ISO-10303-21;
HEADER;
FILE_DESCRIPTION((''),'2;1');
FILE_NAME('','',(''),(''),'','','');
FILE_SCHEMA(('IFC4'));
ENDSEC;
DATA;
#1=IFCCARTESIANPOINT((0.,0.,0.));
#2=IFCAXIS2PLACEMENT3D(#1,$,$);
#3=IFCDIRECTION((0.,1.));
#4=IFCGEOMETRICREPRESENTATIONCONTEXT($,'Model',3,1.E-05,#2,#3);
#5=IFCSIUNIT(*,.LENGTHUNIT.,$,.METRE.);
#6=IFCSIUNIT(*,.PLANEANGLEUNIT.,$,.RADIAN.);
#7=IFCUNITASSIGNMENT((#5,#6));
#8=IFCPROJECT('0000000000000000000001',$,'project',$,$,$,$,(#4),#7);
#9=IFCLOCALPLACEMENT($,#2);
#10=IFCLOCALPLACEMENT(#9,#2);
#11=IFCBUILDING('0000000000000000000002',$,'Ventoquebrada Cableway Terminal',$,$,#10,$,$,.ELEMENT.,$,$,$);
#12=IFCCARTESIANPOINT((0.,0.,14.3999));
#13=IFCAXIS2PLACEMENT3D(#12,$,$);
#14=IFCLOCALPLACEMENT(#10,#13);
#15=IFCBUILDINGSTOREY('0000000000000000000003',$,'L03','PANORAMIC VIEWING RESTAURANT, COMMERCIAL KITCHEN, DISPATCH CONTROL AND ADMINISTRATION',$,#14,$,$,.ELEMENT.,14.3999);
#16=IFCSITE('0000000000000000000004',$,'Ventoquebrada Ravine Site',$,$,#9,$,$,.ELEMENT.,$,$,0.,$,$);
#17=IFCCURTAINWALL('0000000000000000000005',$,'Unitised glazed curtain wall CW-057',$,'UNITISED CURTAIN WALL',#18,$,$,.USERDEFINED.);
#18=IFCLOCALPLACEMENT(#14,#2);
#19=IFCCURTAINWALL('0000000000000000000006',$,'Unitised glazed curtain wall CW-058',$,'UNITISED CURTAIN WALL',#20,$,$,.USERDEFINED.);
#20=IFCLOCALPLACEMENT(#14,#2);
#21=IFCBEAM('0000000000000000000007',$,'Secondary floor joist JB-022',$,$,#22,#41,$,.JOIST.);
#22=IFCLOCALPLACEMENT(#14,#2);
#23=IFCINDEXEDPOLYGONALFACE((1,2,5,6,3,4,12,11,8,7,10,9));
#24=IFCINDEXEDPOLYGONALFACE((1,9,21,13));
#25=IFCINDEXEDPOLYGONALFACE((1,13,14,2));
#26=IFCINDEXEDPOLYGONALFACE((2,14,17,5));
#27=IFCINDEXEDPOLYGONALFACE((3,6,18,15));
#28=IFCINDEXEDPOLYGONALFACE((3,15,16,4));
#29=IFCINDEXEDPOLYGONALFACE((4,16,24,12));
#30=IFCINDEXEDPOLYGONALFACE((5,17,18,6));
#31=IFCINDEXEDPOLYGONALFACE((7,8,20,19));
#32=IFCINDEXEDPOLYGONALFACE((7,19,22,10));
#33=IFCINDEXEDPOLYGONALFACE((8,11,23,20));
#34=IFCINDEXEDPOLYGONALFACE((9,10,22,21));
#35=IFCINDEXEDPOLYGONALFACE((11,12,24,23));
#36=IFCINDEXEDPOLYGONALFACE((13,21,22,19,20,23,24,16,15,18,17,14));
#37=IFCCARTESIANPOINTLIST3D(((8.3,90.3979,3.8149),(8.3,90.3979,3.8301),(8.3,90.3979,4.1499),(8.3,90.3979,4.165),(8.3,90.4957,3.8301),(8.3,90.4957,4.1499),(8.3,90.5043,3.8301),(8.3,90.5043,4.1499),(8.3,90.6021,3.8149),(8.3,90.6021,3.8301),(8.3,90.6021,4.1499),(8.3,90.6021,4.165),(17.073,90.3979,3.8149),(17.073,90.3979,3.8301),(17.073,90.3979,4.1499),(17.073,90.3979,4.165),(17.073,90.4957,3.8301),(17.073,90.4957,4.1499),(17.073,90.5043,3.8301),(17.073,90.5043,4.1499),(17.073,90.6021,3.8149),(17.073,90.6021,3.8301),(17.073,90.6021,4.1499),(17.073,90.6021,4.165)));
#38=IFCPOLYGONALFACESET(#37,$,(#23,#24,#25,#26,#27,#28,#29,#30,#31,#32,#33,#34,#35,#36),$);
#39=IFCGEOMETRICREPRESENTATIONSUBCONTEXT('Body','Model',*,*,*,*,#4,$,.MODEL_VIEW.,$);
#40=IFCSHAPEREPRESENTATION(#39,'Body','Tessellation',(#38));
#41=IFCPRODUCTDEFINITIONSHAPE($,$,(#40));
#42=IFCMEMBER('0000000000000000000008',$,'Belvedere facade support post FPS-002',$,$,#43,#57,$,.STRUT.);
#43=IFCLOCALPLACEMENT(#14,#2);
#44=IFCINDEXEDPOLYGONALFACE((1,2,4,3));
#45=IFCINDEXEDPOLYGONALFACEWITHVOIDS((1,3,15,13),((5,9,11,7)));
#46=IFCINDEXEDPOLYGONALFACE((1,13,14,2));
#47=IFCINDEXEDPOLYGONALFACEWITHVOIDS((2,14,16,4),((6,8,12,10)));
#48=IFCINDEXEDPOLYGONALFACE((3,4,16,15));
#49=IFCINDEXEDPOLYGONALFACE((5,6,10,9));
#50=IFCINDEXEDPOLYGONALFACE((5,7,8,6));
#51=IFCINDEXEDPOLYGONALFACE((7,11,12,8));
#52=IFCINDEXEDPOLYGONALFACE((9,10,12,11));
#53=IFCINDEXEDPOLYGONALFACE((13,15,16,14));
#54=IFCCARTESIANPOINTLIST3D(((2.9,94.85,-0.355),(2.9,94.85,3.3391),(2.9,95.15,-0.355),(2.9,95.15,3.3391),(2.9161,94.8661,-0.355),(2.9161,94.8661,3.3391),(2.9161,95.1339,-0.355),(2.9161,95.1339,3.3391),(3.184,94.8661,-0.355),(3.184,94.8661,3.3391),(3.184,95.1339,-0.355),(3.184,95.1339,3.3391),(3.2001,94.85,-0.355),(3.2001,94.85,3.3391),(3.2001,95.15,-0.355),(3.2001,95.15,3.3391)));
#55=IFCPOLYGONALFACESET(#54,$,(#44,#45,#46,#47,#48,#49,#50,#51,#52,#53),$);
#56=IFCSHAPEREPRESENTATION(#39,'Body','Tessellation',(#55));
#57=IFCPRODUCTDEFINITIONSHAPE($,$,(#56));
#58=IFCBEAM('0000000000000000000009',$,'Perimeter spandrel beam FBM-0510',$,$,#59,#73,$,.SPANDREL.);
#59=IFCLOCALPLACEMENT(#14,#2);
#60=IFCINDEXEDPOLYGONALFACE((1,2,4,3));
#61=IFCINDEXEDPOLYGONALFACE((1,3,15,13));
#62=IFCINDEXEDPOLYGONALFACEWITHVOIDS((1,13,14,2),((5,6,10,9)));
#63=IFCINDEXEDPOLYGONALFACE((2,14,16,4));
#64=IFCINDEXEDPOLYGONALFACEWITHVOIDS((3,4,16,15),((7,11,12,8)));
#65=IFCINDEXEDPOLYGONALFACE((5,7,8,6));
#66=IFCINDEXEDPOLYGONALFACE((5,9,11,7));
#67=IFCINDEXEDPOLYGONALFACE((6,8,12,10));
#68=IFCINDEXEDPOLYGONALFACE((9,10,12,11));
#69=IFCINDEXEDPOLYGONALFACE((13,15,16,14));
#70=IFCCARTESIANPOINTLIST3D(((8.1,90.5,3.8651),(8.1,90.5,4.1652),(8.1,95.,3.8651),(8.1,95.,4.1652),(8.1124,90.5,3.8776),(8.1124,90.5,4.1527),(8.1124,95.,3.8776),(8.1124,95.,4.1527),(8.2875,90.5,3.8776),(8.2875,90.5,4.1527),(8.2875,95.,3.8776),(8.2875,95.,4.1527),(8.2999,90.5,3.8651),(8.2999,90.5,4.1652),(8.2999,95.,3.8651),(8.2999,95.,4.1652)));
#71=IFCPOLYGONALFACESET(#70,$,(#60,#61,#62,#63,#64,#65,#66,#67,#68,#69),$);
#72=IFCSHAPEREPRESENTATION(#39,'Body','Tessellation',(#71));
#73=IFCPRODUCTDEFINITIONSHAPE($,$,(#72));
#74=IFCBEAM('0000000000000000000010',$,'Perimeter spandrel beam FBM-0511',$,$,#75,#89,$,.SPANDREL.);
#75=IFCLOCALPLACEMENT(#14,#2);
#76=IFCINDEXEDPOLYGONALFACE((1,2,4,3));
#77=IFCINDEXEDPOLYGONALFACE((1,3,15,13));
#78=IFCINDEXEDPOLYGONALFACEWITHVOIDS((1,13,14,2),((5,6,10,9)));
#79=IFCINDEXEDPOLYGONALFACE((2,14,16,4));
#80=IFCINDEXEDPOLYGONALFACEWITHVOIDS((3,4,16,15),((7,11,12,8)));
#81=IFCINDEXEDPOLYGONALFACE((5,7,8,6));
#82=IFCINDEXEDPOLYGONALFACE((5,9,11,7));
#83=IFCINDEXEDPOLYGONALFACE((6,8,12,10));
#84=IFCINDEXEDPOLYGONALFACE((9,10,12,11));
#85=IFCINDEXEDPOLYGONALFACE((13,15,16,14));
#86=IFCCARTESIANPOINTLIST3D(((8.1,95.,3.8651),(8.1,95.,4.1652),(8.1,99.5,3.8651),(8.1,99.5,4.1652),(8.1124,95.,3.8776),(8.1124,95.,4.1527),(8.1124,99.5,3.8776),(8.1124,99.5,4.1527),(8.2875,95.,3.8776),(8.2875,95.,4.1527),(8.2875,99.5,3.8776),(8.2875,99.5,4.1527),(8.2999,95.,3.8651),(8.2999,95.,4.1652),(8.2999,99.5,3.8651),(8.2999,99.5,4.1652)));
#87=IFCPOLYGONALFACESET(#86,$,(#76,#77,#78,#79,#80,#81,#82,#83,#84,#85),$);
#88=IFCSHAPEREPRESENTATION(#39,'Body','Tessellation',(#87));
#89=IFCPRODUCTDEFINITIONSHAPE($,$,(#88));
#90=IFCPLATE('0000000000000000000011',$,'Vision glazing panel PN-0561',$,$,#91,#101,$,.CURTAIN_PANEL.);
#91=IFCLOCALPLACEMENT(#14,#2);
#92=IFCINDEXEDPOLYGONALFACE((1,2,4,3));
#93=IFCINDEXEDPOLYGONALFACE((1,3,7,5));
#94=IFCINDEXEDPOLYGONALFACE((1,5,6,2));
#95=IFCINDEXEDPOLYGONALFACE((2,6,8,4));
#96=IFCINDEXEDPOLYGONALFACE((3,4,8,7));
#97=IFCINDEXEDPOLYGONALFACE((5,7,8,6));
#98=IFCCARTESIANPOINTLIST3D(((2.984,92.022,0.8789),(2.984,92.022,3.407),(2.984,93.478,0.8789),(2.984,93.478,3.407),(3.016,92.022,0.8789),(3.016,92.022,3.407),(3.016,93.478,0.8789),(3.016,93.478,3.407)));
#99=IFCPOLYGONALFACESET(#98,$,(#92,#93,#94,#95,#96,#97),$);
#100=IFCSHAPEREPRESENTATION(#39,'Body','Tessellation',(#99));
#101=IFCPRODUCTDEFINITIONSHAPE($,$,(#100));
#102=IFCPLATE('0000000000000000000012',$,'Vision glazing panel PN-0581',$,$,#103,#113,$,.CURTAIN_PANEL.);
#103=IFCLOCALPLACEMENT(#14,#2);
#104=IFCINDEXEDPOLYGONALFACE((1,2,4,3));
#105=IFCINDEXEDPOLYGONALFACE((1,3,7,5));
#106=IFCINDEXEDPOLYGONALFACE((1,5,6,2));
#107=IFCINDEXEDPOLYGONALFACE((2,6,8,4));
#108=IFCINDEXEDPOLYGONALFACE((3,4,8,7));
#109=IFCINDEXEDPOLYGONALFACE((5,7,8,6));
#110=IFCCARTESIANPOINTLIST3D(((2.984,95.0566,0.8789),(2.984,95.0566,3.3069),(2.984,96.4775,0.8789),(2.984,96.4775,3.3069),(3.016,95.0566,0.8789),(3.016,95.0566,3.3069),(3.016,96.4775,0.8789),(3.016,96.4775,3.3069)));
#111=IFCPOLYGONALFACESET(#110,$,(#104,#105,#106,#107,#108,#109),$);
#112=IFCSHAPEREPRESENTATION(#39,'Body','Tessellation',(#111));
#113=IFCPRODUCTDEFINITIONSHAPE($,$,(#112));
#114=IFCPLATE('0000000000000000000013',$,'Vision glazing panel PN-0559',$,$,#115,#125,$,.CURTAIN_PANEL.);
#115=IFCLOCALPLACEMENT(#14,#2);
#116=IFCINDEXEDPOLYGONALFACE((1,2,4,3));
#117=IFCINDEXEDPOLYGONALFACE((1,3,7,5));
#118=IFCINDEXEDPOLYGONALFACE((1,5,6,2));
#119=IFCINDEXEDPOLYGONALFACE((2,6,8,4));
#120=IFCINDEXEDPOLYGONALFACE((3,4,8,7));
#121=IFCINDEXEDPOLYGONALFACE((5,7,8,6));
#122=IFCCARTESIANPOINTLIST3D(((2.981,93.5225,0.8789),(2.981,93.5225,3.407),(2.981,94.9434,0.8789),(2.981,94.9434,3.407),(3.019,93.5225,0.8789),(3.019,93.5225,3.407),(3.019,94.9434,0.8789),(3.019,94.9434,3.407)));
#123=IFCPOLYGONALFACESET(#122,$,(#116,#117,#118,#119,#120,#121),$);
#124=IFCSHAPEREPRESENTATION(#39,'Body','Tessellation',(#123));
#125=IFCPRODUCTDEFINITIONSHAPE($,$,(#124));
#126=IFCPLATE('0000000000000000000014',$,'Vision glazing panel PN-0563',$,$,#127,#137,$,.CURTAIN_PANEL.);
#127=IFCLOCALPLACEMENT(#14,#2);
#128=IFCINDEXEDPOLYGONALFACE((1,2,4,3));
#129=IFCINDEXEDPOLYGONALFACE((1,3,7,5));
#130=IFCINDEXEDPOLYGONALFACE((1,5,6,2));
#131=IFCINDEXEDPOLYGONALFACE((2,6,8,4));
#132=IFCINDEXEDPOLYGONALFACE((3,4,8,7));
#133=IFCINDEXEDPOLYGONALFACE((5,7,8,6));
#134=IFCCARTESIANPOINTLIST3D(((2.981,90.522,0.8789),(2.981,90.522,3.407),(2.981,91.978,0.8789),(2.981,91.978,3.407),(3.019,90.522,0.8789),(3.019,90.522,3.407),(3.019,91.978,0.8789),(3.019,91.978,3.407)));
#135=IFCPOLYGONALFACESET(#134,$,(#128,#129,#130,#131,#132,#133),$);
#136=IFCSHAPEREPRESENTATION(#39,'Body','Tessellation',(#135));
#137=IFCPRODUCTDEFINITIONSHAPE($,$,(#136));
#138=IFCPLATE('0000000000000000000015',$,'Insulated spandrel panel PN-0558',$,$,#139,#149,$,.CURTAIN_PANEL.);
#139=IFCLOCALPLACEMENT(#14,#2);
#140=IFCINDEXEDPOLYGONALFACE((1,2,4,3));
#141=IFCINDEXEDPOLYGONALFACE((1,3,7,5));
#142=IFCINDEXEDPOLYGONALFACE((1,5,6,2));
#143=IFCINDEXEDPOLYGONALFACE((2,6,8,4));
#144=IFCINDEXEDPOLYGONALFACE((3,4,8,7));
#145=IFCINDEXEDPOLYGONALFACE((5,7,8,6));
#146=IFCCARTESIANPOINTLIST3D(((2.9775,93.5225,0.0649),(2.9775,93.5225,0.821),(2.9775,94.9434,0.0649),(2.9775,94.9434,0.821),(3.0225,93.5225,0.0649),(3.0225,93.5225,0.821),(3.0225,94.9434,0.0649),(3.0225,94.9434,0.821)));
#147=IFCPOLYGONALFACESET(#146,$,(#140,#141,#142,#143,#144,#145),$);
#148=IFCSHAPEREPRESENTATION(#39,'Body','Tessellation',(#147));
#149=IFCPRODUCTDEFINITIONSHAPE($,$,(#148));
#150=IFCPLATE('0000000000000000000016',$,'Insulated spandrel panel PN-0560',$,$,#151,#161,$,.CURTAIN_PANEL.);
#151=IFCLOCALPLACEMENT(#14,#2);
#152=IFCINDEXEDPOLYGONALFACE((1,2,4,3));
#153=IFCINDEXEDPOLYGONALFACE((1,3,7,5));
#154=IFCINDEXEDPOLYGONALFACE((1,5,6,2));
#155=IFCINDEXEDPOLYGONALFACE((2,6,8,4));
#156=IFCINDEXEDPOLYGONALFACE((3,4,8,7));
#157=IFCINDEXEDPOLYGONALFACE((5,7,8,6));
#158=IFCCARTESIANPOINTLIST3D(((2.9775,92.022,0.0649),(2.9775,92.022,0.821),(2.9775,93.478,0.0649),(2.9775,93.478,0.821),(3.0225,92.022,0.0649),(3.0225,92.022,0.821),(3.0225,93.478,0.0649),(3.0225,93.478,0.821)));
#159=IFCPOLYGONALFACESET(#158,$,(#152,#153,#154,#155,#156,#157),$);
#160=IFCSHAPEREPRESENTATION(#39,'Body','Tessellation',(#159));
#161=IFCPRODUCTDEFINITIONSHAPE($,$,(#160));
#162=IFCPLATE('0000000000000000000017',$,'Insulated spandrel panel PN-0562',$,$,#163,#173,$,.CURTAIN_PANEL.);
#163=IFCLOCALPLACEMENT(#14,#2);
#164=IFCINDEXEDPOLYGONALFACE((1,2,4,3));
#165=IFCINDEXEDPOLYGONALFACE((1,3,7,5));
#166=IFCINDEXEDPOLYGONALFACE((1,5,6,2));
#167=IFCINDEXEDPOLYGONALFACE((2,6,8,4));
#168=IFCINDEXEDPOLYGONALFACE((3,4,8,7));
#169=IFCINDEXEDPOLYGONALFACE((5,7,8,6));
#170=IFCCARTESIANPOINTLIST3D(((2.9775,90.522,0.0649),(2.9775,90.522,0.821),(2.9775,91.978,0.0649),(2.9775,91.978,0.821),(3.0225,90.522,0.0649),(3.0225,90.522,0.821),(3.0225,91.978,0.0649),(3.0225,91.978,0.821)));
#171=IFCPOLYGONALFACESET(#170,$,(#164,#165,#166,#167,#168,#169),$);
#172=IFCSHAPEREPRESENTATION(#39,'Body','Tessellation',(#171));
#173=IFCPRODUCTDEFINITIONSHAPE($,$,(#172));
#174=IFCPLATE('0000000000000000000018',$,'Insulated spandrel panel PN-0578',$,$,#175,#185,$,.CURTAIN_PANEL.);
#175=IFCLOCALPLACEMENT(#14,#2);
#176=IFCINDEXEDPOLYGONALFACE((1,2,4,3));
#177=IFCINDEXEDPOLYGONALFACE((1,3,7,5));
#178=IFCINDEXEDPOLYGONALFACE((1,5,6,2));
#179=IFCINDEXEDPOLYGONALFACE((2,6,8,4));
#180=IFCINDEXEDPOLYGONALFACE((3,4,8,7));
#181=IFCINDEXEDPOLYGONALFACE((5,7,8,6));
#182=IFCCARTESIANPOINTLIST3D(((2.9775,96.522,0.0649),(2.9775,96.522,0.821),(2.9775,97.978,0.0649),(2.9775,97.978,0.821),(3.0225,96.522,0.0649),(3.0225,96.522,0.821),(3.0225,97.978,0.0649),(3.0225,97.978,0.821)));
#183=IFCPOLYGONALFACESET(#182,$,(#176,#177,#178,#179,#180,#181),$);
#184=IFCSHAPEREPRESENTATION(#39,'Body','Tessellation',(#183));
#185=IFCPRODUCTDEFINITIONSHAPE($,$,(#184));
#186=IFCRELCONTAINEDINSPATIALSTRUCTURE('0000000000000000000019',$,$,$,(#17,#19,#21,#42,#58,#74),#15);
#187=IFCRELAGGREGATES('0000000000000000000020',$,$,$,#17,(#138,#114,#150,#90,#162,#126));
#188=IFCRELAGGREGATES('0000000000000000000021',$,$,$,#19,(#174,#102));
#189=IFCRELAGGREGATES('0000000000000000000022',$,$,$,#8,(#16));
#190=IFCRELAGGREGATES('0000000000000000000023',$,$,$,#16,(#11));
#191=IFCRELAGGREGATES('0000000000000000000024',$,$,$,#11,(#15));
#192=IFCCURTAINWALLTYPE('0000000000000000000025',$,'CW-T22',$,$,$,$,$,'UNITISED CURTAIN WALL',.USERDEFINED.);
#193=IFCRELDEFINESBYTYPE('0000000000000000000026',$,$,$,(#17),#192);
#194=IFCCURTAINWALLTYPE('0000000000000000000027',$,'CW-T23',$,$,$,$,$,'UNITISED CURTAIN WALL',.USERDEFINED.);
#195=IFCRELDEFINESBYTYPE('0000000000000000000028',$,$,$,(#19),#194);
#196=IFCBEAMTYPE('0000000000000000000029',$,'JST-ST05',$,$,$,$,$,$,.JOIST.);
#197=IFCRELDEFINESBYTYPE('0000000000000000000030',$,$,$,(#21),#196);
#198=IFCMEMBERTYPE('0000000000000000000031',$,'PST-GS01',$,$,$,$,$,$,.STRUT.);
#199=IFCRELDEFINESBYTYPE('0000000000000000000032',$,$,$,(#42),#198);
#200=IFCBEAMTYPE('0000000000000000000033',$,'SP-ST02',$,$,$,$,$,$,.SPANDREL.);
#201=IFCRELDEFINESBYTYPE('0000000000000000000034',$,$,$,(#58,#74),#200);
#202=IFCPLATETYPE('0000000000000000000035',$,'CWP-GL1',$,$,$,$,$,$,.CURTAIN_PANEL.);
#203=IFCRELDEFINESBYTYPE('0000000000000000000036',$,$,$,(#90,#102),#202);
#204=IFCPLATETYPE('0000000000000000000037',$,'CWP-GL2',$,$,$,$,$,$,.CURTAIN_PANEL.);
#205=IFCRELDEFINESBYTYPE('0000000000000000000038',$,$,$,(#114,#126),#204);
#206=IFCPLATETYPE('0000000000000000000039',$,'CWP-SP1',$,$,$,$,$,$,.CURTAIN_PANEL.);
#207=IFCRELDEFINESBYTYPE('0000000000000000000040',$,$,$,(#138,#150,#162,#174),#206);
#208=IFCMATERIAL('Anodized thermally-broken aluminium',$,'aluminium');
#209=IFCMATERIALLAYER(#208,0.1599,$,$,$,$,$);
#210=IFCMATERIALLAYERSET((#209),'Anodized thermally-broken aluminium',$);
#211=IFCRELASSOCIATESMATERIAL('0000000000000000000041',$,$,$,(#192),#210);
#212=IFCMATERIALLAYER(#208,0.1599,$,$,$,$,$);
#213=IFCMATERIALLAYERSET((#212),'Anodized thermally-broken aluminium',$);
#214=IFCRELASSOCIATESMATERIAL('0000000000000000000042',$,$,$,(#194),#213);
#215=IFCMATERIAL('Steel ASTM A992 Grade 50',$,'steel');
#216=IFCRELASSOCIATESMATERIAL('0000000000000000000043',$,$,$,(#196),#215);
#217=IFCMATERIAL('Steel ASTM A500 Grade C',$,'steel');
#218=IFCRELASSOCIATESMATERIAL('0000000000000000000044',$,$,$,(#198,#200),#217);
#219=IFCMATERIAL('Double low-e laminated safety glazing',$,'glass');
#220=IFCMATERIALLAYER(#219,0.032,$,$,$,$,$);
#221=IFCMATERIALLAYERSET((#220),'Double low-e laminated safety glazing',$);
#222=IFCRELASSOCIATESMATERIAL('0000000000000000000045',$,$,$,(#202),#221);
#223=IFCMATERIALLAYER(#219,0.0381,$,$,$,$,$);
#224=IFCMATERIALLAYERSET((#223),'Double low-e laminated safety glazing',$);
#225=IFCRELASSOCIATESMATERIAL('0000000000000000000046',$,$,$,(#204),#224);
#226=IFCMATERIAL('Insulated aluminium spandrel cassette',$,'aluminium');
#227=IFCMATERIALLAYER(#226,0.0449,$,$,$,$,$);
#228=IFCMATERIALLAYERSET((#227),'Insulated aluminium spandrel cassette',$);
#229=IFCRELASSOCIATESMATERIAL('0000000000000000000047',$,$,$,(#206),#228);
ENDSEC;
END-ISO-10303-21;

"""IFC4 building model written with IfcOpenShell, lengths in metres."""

from ifc_helpers import new_model, si_unit, direction, frame, origin, origin_2d, place, context, subcontext, project, spatial, rectangle, hollow_rectangle, i_section, extrude, material, layer, layer_set, material_profile, profile_set, type_object, element, aggregate, save


model = new_model("IFC4")

# Units and contexts
model_context = context("Model", 3, precision=1e-05, world=origin(), true_north=direction((0.0, 1.0)))
body_context = subcontext(model_context, "Body", "Model", "MODEL_VIEW")
ifc_project = project(units=[si_unit("LENGTHUNIT", "METRE"), si_unit("PLANEANGLEUNIT", "RADIAN")], contexts=[model_context])

# Site, building, storey
site_placement = place(None, origin())
site = spatial("IfcSite", under=ifc_project, at=site_placement, Name="Ventoquebrada Ravine Site", CompositionType="ELEMENT", RefElevation=0.0)
building_placement = place(site_placement, origin())
building = spatial("IfcBuilding", under=site, at=building_placement, Name="Ventoquebrada Cableway Terminal", CompositionType="ELEMENT")
storey_placement = place(building_placement, frame((0.0, 0.0, 14.3999)))
storey = spatial("IfcBuildingStorey", under=building, at=storey_placement, Name="L03", Description="PANORAMIC VIEWING RESTAURANT, COMMERCIAL KITCHEN, DISPATCH CONTROL AND ADMINISTRATION", CompositionType="ELEMENT", Elevation=14.3999)

# Shared definitions
ifc_material_1 = material(Name="Steel ASTM A992 Grade 50", Category="steel")

# Curtain walls
ifc_material_2 = material(Name="Anodized thermally-broken aluminium", Category="aluminium")
ifc_layer_1 = layer(ifc_material_2, 0.1599)
ifc_layer_set_1 = layer_set([ifc_layer_1], Name="Anodized thermally-broken aluminium")
curtain_wall_type_1 = type_object("IfcCurtainWallType", Name="CW-T22", ElementType="UNITISED CURTAIN WALL", PredefinedType="USERDEFINED", material=ifc_layer_set_1)
curtain_wall_1_placement = place(storey_placement, origin())
curtain_wall_1 = element("IfcCurtainWall", 1, at=curtain_wall_1_placement, inside=storey, type_object=curtain_wall_type_1, Name="Unitised glazed curtain wall CW-057", ObjectType="UNITISED CURTAIN WALL", PredefinedType="USERDEFINED")
ifc_layer_2 = layer(ifc_material_2, 0.1599)
ifc_layer_set_2 = layer_set([ifc_layer_2], Name="Anodized thermally-broken aluminium")
curtain_wall_type_2 = type_object("IfcCurtainWallType", Name="CW-T23", ElementType="UNITISED CURTAIN WALL", PredefinedType="USERDEFINED", material=ifc_layer_set_2)
curtain_wall_2_placement = place(storey_placement, origin())
curtain_wall_2 = element("IfcCurtainWall", 2, at=curtain_wall_2_placement, inside=storey, type_object=curtain_wall_type_2, Name="Unitised glazed curtain wall CW-058", ObjectType="UNITISED CURTAIN WALL", PredefinedType="USERDEFINED")

# Beam
ifc_material_profile_1 = material_profile(ifc_material_1, i_section(OverallWidth=0.2041, OverallDepth=0.3501, WebThickness=0.0085, FlangeThickness=0.0151, at=origin_2d()), Name="W14X48")
ifc_profile_set_1 = profile_set([ifc_material_profile_1], Name="Steel ASTM A992 Grade 50")
beam_type_1 = type_object("IfcBeamType", Name="JST-ST05", PredefinedType="JOIST", material=ifc_profile_set_1)
beam_1_placement = place(storey_placement, frame((8.3, 90.5, 3.99), z_axis=(1.0, 0.0, 0.0), x_axis=(0.0, 1.0, 0.0)))
element("IfcBeam", 3, at=beam_1_placement, inside=storey, type_object=beam_type_1, Name="Secondary floor joist JB-022", PredefinedType="JOIST", context=body_context, shape_type="SweptSolid", body=[
    extrude(i_section(OverallWidth=0.2041, OverallDepth=0.3501, WebThickness=0.0085, FlangeThickness=0.0151, at=origin_2d()), origin(), (0.0, 0.0, 1.0), 8.7729),
])

# Member
ifc_material_3 = material(Name="Steel ASTM A500 Grade C", Category="steel")
ifc_material_profile_2 = material_profile(ifc_material_3, hollow_rectangle(XDim=0.3, YDim=0.3, WallThickness=0.0161, at=origin_2d()), Name="HSS300X300X16")
ifc_profile_set_2 = profile_set([ifc_material_profile_2], Name="Steel ASTM A500 Grade C")
member_type_1 = type_object("IfcMemberType", Name="PST-GS01", PredefinedType="STRUT", material=ifc_profile_set_2)
member_1_placement = place(storey_placement, frame((3.05, 95.0, -0.355), z_axis=(0.0, 0.0, 1.0), x_axis=(1.0, 0.0, 0.0)))
element("IfcMember", 4, at=member_1_placement, inside=storey, type_object=member_type_1, Name="Belvedere facade support post FPS-002", PredefinedType="STRUT", context=body_context, shape_type="SweptSolid", body=[
    extrude(hollow_rectangle(XDim=0.3, YDim=0.3, WallThickness=0.0161, at=origin_2d()), origin(), (0.0, 0.0, 1.0), 3.6941),
])

# Beams
ifc_material_profile_3 = material_profile(ifc_material_3, hollow_rectangle(XDim=0.2, YDim=0.3, WallThickness=0.0125, at=origin_2d()), Name="RHS300X200X12.5")
ifc_profile_set_3 = profile_set([ifc_material_profile_3], Name="Steel ASTM A500 Grade C")
beam_type_2 = type_object("IfcBeamType", Name="SP-ST02", PredefinedType="SPANDREL", material=ifc_profile_set_3)
for number, where, z_axis, x_axis, name in (
    (5, (8.2, 90.5, 4.0151), (0.0, 1.0, 0.0), (-1.0, 0.0, 0.0), "Perimeter spandrel beam FBM-0510"),
    (6, (8.2, 95.0, 4.0151), (0.0, 1.0, 0.0), (-1.0, 0.0, 0.0), "Perimeter spandrel beam FBM-0511"),
):
    element("IfcBeam", number, at=place(storey_placement, frame(where, z_axis=z_axis, x_axis=x_axis)), inside=storey, type_object=beam_type_2, Name=name, PredefinedType="SPANDREL", context=body_context, shape_type="SweptSolid", body=[
        extrude(hollow_rectangle(XDim=0.2, YDim=0.3, WallThickness=0.0125, at=origin_2d()), origin(), (0.0, 0.0, 1.0), 4.5),
    ])

# Plates
ifc_material_4 = material(Name="Double low-e laminated safety glazing", Category="glass")
ifc_layer_3 = layer(ifc_material_4, 0.032)
ifc_layer_set_3 = layer_set([ifc_layer_3], Name="Double low-e laminated safety glazing")
plate_type_1 = type_object("IfcPlateType", Name="CWP-GL1", PredefinedType="CURTAIN_PANEL", material=ifc_layer_set_3)
plate_1_placement = place(storey_placement, frame((3.0, 92.75, 0.8789), z_axis=(0.0, 0.0, 1.0), x_axis=(0.0, -1.0, 0.0)))
plate_1 = element("IfcPlate", 7, at=plate_1_placement, type_object=plate_type_1, Name="Vision glazing panel PN-0561", PredefinedType="CURTAIN_PANEL", context=body_context, shape_type="SweptSolid", body=[
    extrude(rectangle(XDim=1.4561, YDim=0.032, at=origin_2d()), origin(), (0.0, 0.0, 1.0), 2.5281),
])
plate_2_placement = place(storey_placement, frame((3.0, 95.7671, 0.8789), z_axis=(0.0, 0.0, 1.0), x_axis=(0.0, -1.0, 0.0)))
plate_2 = element("IfcPlate", 8, at=plate_2_placement, type_object=plate_type_1, Name="Vision glazing panel PN-0581", PredefinedType="CURTAIN_PANEL", context=body_context, shape_type="SweptSolid", body=[
    extrude(rectangle(XDim=1.4209, YDim=0.032, at=origin_2d()), origin(), (0.0, 0.0, 1.0), 2.428),
])
ifc_layer_4 = layer(ifc_material_4, 0.0381)
ifc_layer_set_4 = layer_set([ifc_layer_4], Name="Double low-e laminated safety glazing")
plate_type_2 = type_object("IfcPlateType", Name="CWP-GL2", PredefinedType="CURTAIN_PANEL", material=ifc_layer_set_4)
plate_3_placement = place(storey_placement, frame((3.0, 94.2329, 0.8789), z_axis=(0.0, 0.0, 1.0), x_axis=(0.0, -1.0, 0.0)))
plate_3 = element("IfcPlate", 9, at=plate_3_placement, type_object=plate_type_2, Name="Vision glazing panel PN-0559", PredefinedType="CURTAIN_PANEL", context=body_context, shape_type="SweptSolid", body=[
    extrude(rectangle(XDim=1.4209, YDim=0.0381, at=origin_2d()), origin(), (0.0, 0.0, 1.0), 2.5281),
])
plate_4_placement = place(storey_placement, frame((3.0, 91.25, 0.8789), z_axis=(0.0, 0.0, 1.0), x_axis=(0.0, -1.0, 0.0)))
plate_4 = element("IfcPlate", 10, at=plate_4_placement, type_object=plate_type_2, Name="Vision glazing panel PN-0563", PredefinedType="CURTAIN_PANEL", context=body_context, shape_type="SweptSolid", body=[
    extrude(rectangle(XDim=1.4561, YDim=0.0381, at=origin_2d()), origin(), (0.0, 0.0, 1.0), 2.5281),
])
ifc_material_5 = material(Name="Insulated aluminium spandrel cassette", Category="aluminium")
ifc_layer_5 = layer(ifc_material_5, 0.0449)
ifc_layer_set_5 = layer_set([ifc_layer_5], Name="Insulated aluminium spandrel cassette")
plate_type_3 = type_object("IfcPlateType", Name="CWP-SP1", PredefinedType="CURTAIN_PANEL", material=ifc_layer_set_5)
plate_5_placement = place(storey_placement, frame((3.0, 94.2329, 0.0649), z_axis=(0.0, 0.0, 1.0), x_axis=(0.0, -1.0, 0.0)))
plate_5 = element("IfcPlate", 11, at=plate_5_placement, type_object=plate_type_3, Name="Insulated spandrel panel PN-0558", PredefinedType="CURTAIN_PANEL", context=body_context, shape_type="SweptSolid", body=[
    extrude(rectangle(XDim=1.4209, YDim=0.0449, at=origin_2d()), origin(), (0.0, 0.0, 1.0), 0.7561),
])
plate_6_placement = place(storey_placement, frame((3.0, 92.75, 0.0649), z_axis=(0.0, 0.0, 1.0), x_axis=(0.0, -1.0, 0.0)))
plate_6 = element("IfcPlate", 12, at=plate_6_placement, type_object=plate_type_3, Name="Insulated spandrel panel PN-0560", PredefinedType="CURTAIN_PANEL", context=body_context, shape_type="SweptSolid", body=[
    extrude(rectangle(XDim=1.4561, YDim=0.0449, at=origin_2d()), origin(), (0.0, 0.0, 1.0), 0.7561),
])
plate_7_placement = place(storey_placement, frame((3.0, 91.25, 0.0649), z_axis=(0.0, 0.0, 1.0), x_axis=(0.0, -1.0, 0.0)))
plate_7 = element("IfcPlate", 13, at=plate_7_placement, type_object=plate_type_3, Name="Insulated spandrel panel PN-0562", PredefinedType="CURTAIN_PANEL", context=body_context, shape_type="SweptSolid", body=[
    extrude(rectangle(XDim=1.4561, YDim=0.0449, at=origin_2d()), origin(), (0.0, 0.0, 1.0), 0.7561),
])
aggregate(curtain_wall_1, [plate_5, plate_3, plate_6, plate_1, plate_7, plate_4])
plate_8_placement = place(storey_placement, frame((3.0, 97.25, 0.0649), z_axis=(0.0, 0.0, 1.0), x_axis=(0.0, -1.0, 0.0)))
plate_8 = element("IfcPlate", 14, at=plate_8_placement, type_object=plate_type_3, Name="Insulated spandrel panel PN-0578", PredefinedType="CURTAIN_PANEL", context=body_context, shape_type="SweptSolid", body=[
    extrude(rectangle(XDim=1.4561, YDim=0.0449, at=origin_2d()), origin(), (0.0, 0.0, 1.0), 0.7561),
])
aggregate(curtain_wall_2, [plate_8, plate_2])

save(model, "model.ifc")
